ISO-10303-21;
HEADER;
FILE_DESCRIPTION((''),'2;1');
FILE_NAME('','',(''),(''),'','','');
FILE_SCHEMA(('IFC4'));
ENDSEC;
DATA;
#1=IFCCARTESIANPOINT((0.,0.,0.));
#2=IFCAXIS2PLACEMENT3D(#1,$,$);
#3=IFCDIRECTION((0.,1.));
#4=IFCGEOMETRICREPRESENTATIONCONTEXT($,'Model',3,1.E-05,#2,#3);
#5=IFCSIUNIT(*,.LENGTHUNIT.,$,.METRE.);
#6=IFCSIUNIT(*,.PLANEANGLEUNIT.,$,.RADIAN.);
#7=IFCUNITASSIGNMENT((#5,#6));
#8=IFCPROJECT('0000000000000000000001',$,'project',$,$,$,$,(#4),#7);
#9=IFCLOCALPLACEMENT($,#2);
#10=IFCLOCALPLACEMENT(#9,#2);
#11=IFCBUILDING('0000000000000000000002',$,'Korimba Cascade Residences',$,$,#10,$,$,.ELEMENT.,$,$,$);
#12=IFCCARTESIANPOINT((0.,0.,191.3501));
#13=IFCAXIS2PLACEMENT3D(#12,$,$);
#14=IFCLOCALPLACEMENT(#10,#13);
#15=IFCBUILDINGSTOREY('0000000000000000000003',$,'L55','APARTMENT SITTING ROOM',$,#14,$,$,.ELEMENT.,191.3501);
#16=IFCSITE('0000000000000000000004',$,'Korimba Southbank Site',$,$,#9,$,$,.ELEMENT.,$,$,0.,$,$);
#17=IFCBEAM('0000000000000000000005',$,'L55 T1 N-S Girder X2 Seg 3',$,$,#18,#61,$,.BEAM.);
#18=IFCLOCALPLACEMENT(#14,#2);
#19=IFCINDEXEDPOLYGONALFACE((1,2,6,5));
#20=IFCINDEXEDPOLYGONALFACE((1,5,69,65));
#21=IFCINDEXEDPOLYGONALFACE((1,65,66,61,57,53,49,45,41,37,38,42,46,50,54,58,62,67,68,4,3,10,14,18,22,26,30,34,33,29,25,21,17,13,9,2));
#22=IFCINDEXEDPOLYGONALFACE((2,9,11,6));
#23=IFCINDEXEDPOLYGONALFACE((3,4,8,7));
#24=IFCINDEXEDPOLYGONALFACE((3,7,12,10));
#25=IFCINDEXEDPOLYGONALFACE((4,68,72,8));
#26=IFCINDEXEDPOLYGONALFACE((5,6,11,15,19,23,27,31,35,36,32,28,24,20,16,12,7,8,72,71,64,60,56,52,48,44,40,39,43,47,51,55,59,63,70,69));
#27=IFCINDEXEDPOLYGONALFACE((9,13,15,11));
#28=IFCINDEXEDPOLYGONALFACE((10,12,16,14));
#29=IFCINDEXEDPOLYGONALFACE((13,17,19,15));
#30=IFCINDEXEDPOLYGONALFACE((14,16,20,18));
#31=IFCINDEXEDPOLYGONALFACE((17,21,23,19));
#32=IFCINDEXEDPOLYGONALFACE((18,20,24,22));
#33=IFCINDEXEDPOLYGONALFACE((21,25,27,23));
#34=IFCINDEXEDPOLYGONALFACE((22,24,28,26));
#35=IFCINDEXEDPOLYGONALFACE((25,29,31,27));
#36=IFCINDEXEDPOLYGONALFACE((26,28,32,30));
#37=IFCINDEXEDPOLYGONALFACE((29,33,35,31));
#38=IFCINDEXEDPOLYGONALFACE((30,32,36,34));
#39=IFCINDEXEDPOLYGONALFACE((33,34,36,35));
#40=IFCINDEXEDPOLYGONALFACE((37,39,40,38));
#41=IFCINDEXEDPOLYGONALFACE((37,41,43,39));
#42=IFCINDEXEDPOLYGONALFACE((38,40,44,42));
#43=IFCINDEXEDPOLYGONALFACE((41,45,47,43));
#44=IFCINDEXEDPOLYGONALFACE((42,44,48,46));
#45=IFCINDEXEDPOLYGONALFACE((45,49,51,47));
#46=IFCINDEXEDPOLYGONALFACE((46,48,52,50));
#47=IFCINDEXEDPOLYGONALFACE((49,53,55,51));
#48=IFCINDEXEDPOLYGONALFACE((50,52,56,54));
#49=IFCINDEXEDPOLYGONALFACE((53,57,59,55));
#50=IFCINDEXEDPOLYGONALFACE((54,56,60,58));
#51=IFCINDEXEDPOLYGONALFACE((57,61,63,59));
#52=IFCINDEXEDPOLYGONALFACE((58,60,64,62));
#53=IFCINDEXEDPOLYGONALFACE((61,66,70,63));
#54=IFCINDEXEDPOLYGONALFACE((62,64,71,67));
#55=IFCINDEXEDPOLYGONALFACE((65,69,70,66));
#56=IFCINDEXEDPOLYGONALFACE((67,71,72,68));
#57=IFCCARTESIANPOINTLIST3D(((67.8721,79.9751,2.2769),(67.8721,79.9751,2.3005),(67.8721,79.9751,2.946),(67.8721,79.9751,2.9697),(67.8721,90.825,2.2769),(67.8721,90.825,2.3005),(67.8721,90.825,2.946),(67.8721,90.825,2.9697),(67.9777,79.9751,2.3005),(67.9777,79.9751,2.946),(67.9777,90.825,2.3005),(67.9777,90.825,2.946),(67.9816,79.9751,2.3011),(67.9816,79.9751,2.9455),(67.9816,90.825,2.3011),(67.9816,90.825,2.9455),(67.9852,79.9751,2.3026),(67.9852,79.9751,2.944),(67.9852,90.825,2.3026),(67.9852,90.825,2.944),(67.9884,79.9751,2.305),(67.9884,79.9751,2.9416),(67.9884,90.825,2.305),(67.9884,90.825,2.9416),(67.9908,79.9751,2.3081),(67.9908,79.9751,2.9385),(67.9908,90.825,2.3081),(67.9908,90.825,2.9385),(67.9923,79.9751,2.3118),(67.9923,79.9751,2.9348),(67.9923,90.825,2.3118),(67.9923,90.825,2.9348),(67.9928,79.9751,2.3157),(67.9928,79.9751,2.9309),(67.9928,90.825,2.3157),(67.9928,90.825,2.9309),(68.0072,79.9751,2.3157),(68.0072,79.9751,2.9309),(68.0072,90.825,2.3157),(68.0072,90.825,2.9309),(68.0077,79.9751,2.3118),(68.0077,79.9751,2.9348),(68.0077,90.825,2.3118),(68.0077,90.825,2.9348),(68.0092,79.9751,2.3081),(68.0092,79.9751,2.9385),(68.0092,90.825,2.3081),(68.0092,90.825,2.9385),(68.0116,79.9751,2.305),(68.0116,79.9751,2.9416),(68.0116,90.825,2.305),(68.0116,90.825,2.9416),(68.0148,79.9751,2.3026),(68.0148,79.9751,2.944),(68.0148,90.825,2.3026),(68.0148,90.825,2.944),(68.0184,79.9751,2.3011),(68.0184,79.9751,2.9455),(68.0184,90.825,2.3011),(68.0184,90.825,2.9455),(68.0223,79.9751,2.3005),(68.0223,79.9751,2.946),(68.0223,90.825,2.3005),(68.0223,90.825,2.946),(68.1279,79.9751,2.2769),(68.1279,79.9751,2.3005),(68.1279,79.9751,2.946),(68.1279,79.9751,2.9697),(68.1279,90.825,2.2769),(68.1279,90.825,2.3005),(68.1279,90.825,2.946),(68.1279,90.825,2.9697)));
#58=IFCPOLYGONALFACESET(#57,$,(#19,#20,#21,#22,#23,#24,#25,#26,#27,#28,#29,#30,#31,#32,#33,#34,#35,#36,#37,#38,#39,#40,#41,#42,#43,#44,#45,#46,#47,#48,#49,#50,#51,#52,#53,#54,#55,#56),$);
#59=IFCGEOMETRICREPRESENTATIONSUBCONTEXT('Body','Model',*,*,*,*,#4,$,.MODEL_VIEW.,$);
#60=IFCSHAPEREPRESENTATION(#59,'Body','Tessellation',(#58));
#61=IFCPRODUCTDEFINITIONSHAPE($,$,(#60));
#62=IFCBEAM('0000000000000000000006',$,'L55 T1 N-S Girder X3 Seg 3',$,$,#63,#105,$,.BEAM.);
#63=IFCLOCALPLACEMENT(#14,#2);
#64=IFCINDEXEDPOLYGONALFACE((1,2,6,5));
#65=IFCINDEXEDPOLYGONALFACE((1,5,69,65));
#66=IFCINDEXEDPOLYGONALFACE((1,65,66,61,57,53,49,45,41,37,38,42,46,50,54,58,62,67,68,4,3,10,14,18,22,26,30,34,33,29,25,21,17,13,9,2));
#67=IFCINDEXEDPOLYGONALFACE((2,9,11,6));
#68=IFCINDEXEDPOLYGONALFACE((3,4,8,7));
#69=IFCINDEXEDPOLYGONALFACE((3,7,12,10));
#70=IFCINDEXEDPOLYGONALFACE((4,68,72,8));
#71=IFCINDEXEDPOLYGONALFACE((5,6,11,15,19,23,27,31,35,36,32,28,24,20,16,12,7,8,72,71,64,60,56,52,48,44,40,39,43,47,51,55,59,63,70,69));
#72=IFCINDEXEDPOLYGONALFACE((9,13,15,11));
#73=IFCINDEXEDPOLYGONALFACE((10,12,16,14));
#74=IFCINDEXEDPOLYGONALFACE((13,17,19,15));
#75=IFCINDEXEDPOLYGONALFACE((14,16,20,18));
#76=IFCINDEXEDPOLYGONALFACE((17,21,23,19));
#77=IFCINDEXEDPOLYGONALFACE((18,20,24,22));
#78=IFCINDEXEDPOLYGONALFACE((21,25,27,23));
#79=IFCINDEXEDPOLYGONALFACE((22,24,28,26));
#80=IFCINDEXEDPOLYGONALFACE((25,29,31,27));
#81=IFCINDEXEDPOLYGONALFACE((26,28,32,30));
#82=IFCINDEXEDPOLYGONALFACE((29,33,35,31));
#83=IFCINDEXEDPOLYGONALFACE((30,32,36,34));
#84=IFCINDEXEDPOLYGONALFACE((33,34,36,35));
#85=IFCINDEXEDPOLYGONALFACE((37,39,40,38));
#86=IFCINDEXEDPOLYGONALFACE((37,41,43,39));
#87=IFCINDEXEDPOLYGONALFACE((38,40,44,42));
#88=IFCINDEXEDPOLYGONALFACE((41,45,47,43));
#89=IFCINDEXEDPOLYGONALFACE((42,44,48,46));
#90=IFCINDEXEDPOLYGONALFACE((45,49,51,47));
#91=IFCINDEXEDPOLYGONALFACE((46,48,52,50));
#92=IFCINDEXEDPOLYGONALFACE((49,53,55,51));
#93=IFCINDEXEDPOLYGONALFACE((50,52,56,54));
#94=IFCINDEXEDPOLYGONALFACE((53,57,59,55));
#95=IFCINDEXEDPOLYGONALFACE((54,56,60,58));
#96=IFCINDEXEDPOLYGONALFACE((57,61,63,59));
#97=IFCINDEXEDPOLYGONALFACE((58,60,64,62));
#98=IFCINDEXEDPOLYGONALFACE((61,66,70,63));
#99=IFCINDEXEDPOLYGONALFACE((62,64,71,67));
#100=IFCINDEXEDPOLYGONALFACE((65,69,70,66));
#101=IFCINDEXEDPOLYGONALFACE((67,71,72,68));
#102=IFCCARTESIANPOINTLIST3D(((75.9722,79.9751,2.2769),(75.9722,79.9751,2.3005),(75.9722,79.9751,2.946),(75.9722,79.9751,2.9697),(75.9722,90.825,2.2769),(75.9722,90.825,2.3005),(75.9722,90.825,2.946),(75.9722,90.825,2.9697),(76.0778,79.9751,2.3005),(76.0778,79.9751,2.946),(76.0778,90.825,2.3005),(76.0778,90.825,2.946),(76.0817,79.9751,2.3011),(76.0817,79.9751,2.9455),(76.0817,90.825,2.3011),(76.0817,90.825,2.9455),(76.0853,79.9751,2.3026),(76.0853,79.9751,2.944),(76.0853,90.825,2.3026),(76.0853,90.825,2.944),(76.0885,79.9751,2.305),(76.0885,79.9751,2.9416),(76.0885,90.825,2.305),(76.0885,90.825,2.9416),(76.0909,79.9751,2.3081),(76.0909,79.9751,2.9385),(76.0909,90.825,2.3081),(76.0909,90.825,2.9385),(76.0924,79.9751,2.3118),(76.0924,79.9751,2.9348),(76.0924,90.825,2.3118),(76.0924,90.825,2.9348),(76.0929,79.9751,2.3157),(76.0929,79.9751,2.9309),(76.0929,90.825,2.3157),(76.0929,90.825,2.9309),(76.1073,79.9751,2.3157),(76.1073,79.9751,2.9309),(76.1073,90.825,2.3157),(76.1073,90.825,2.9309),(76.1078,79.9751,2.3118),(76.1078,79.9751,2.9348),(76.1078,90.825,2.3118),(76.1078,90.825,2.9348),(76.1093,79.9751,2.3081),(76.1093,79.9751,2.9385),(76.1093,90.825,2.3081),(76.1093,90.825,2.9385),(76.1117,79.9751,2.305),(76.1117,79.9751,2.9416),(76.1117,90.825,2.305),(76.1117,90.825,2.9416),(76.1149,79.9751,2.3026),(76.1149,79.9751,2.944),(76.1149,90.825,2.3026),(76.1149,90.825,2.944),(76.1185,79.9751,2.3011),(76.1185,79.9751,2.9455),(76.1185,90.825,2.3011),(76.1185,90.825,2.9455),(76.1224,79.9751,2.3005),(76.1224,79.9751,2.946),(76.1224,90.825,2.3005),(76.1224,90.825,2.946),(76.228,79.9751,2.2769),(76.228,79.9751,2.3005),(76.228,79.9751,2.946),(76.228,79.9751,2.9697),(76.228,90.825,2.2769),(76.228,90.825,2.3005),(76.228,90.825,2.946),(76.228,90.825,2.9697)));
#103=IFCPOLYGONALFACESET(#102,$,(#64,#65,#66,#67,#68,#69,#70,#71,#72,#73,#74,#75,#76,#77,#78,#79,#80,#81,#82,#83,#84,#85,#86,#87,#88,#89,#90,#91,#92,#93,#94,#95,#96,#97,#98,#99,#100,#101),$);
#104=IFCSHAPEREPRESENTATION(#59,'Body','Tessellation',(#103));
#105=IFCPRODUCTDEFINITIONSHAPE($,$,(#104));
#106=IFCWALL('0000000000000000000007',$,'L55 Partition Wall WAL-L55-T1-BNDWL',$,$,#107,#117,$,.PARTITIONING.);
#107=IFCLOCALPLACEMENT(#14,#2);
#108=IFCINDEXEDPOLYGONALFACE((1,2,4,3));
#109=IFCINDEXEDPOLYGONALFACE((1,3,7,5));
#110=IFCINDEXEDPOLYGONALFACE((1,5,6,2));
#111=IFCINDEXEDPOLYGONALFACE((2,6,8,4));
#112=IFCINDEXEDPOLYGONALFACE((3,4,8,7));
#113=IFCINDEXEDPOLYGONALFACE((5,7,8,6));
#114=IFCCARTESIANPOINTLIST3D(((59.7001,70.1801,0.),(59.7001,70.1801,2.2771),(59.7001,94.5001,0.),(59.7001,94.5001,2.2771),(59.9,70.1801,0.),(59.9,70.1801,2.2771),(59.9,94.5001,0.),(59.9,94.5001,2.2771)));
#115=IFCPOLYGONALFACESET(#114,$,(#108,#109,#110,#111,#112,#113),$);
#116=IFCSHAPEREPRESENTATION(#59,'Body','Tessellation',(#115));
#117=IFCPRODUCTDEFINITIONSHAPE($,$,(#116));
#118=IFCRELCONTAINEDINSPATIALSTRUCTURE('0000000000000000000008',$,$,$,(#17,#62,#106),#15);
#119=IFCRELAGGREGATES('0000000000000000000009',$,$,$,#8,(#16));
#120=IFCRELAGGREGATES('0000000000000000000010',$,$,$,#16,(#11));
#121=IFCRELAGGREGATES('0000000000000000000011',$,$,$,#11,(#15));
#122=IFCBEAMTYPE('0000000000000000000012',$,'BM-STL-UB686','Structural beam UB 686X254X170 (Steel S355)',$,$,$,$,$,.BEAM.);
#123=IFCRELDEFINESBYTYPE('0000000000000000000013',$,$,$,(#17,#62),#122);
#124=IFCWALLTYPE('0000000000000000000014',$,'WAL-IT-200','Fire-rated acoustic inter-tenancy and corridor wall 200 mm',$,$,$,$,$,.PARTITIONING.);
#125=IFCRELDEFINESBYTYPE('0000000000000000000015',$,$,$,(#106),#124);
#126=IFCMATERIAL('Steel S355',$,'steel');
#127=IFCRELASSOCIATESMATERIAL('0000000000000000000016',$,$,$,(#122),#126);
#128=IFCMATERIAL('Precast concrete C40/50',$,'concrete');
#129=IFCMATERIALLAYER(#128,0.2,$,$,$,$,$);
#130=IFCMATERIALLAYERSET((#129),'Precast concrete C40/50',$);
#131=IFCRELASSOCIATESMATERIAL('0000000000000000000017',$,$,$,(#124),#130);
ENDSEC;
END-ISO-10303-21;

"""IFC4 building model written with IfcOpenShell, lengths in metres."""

from ifc_helpers import new_model, si_unit, direction, frame, frame_2d, origin, origin_2d, place, context, subcontext, project, spatial, rectangle, i_section, extrude, material, layer, layer_set, material_profile, profile_set, type_object, element, save


model = new_model("IFC4")

# Units and contexts
model_context = context("Model", 3, precision=1e-05, world=origin(), true_north=direction((0.0, 1.0)))
body_context = subcontext(model_context, "Body", "Model", "MODEL_VIEW")
ifc_project = project(units=[si_unit("LENGTHUNIT", "METRE"), si_unit("PLANEANGLEUNIT", "RADIAN")], contexts=[model_context])

# Site, building, storey
site_placement = place(None, origin())
site = spatial("IfcSite", under=ifc_project, at=site_placement, Name="Korimba Southbank Site", CompositionType="ELEMENT", RefElevation=0.0)
building_placement = place(site_placement, origin())
building = spatial("IfcBuilding", under=site, at=building_placement, Name="Korimba Cascade Residences", CompositionType="ELEMENT")
storey_placement = place(building_placement, frame((0.0, 0.0, 191.3501)))
storey = spatial("IfcBuildingStorey", under=building, at=storey_placement, Name="L55", Description="APARTMENT SITTING ROOM", CompositionType="ELEMENT", Elevation=191.3501)

# Beams
ifc_material_1 = material(Name="Steel S355", Category="steel")
ifc_material_profile_1 = material_profile(ifc_material_1, i_section(OverallWidth=0.2559, OverallDepth=0.6929, WebThickness=0.0144, FlangeThickness=0.0237, FilletRadius=0.0151, at=origin_2d()), Name="Steel S355")
ifc_profile_set_1 = profile_set([ifc_material_profile_1], Name="Steel S355")
beam_type_1 = type_object("IfcBeamType", Name="BM-STL-UB686", Description="Structural beam UB 686X254X170 (Steel S355)", PredefinedType="BEAM", material=ifc_profile_set_1)
for number, where, z_axis, x_axis, name in (
    (1, (68.0, 79.9751, 2.6233), (0.0, 1.0, 0.0), (-1.0, 0.0, 0.0), "L55 T1 N-S Girder X2 Seg 3"),
    (2, (76.1001, 79.9751, 2.6233), (0.0, 1.0, 0.0), (-1.0, 0.0, 0.0), "L55 T1 N-S Girder X3 Seg 3"),
):
    element("IfcBeam", number, at=place(storey_placement, frame(where, z_axis=z_axis, x_axis=x_axis)), inside=storey, type_object=beam_type_1, Name=name, PredefinedType="BEAM", context=body_context, shape_type="SweptSolid", body=[
        extrude(i_section(OverallWidth=0.2559, OverallDepth=0.6929, WebThickness=0.0144, FlangeThickness=0.0237, FilletRadius=0.0151, at=origin_2d()), origin(), (0.0, 0.0, 1.0), 10.8499),
    ])

# Wall
ifc_material_2 = material(Name="Precast concrete C40/50", Category="concrete")
ifc_layer_1 = layer(ifc_material_2, 0.2)
ifc_layer_set_1 = layer_set([ifc_layer_1], Name="Precast concrete C40/50")
wall_type_1 = type_object("IfcWallType", Name="WAL-IT-200", Description="Fire-rated acoustic inter-tenancy and corridor wall 200 mm", PredefinedType="PARTITIONING", material=ifc_layer_set_1)
wall_1_placement = place(storey_placement, frame((59.8, 70.1799, 0.0), z_axis=(0.0, 0.0, 1.0), x_axis=(0.0, 1.0, 0.0)))
element("IfcWall", 3, at=wall_1_placement, inside=storey, type_object=wall_type_1, Name="L55 Partition Wall WAL-L55-T1-BNDWL", PredefinedType="PARTITIONING", context=body_context, shape_type="SweptSolid", body=[
    extrude(rectangle(XDim=24.3201, YDim=0.2, at=frame_2d((12.1602, 0.0))), origin(), (0.0, 0.0, 1.0), 2.2771),
])

save(model, "model.ifc")
